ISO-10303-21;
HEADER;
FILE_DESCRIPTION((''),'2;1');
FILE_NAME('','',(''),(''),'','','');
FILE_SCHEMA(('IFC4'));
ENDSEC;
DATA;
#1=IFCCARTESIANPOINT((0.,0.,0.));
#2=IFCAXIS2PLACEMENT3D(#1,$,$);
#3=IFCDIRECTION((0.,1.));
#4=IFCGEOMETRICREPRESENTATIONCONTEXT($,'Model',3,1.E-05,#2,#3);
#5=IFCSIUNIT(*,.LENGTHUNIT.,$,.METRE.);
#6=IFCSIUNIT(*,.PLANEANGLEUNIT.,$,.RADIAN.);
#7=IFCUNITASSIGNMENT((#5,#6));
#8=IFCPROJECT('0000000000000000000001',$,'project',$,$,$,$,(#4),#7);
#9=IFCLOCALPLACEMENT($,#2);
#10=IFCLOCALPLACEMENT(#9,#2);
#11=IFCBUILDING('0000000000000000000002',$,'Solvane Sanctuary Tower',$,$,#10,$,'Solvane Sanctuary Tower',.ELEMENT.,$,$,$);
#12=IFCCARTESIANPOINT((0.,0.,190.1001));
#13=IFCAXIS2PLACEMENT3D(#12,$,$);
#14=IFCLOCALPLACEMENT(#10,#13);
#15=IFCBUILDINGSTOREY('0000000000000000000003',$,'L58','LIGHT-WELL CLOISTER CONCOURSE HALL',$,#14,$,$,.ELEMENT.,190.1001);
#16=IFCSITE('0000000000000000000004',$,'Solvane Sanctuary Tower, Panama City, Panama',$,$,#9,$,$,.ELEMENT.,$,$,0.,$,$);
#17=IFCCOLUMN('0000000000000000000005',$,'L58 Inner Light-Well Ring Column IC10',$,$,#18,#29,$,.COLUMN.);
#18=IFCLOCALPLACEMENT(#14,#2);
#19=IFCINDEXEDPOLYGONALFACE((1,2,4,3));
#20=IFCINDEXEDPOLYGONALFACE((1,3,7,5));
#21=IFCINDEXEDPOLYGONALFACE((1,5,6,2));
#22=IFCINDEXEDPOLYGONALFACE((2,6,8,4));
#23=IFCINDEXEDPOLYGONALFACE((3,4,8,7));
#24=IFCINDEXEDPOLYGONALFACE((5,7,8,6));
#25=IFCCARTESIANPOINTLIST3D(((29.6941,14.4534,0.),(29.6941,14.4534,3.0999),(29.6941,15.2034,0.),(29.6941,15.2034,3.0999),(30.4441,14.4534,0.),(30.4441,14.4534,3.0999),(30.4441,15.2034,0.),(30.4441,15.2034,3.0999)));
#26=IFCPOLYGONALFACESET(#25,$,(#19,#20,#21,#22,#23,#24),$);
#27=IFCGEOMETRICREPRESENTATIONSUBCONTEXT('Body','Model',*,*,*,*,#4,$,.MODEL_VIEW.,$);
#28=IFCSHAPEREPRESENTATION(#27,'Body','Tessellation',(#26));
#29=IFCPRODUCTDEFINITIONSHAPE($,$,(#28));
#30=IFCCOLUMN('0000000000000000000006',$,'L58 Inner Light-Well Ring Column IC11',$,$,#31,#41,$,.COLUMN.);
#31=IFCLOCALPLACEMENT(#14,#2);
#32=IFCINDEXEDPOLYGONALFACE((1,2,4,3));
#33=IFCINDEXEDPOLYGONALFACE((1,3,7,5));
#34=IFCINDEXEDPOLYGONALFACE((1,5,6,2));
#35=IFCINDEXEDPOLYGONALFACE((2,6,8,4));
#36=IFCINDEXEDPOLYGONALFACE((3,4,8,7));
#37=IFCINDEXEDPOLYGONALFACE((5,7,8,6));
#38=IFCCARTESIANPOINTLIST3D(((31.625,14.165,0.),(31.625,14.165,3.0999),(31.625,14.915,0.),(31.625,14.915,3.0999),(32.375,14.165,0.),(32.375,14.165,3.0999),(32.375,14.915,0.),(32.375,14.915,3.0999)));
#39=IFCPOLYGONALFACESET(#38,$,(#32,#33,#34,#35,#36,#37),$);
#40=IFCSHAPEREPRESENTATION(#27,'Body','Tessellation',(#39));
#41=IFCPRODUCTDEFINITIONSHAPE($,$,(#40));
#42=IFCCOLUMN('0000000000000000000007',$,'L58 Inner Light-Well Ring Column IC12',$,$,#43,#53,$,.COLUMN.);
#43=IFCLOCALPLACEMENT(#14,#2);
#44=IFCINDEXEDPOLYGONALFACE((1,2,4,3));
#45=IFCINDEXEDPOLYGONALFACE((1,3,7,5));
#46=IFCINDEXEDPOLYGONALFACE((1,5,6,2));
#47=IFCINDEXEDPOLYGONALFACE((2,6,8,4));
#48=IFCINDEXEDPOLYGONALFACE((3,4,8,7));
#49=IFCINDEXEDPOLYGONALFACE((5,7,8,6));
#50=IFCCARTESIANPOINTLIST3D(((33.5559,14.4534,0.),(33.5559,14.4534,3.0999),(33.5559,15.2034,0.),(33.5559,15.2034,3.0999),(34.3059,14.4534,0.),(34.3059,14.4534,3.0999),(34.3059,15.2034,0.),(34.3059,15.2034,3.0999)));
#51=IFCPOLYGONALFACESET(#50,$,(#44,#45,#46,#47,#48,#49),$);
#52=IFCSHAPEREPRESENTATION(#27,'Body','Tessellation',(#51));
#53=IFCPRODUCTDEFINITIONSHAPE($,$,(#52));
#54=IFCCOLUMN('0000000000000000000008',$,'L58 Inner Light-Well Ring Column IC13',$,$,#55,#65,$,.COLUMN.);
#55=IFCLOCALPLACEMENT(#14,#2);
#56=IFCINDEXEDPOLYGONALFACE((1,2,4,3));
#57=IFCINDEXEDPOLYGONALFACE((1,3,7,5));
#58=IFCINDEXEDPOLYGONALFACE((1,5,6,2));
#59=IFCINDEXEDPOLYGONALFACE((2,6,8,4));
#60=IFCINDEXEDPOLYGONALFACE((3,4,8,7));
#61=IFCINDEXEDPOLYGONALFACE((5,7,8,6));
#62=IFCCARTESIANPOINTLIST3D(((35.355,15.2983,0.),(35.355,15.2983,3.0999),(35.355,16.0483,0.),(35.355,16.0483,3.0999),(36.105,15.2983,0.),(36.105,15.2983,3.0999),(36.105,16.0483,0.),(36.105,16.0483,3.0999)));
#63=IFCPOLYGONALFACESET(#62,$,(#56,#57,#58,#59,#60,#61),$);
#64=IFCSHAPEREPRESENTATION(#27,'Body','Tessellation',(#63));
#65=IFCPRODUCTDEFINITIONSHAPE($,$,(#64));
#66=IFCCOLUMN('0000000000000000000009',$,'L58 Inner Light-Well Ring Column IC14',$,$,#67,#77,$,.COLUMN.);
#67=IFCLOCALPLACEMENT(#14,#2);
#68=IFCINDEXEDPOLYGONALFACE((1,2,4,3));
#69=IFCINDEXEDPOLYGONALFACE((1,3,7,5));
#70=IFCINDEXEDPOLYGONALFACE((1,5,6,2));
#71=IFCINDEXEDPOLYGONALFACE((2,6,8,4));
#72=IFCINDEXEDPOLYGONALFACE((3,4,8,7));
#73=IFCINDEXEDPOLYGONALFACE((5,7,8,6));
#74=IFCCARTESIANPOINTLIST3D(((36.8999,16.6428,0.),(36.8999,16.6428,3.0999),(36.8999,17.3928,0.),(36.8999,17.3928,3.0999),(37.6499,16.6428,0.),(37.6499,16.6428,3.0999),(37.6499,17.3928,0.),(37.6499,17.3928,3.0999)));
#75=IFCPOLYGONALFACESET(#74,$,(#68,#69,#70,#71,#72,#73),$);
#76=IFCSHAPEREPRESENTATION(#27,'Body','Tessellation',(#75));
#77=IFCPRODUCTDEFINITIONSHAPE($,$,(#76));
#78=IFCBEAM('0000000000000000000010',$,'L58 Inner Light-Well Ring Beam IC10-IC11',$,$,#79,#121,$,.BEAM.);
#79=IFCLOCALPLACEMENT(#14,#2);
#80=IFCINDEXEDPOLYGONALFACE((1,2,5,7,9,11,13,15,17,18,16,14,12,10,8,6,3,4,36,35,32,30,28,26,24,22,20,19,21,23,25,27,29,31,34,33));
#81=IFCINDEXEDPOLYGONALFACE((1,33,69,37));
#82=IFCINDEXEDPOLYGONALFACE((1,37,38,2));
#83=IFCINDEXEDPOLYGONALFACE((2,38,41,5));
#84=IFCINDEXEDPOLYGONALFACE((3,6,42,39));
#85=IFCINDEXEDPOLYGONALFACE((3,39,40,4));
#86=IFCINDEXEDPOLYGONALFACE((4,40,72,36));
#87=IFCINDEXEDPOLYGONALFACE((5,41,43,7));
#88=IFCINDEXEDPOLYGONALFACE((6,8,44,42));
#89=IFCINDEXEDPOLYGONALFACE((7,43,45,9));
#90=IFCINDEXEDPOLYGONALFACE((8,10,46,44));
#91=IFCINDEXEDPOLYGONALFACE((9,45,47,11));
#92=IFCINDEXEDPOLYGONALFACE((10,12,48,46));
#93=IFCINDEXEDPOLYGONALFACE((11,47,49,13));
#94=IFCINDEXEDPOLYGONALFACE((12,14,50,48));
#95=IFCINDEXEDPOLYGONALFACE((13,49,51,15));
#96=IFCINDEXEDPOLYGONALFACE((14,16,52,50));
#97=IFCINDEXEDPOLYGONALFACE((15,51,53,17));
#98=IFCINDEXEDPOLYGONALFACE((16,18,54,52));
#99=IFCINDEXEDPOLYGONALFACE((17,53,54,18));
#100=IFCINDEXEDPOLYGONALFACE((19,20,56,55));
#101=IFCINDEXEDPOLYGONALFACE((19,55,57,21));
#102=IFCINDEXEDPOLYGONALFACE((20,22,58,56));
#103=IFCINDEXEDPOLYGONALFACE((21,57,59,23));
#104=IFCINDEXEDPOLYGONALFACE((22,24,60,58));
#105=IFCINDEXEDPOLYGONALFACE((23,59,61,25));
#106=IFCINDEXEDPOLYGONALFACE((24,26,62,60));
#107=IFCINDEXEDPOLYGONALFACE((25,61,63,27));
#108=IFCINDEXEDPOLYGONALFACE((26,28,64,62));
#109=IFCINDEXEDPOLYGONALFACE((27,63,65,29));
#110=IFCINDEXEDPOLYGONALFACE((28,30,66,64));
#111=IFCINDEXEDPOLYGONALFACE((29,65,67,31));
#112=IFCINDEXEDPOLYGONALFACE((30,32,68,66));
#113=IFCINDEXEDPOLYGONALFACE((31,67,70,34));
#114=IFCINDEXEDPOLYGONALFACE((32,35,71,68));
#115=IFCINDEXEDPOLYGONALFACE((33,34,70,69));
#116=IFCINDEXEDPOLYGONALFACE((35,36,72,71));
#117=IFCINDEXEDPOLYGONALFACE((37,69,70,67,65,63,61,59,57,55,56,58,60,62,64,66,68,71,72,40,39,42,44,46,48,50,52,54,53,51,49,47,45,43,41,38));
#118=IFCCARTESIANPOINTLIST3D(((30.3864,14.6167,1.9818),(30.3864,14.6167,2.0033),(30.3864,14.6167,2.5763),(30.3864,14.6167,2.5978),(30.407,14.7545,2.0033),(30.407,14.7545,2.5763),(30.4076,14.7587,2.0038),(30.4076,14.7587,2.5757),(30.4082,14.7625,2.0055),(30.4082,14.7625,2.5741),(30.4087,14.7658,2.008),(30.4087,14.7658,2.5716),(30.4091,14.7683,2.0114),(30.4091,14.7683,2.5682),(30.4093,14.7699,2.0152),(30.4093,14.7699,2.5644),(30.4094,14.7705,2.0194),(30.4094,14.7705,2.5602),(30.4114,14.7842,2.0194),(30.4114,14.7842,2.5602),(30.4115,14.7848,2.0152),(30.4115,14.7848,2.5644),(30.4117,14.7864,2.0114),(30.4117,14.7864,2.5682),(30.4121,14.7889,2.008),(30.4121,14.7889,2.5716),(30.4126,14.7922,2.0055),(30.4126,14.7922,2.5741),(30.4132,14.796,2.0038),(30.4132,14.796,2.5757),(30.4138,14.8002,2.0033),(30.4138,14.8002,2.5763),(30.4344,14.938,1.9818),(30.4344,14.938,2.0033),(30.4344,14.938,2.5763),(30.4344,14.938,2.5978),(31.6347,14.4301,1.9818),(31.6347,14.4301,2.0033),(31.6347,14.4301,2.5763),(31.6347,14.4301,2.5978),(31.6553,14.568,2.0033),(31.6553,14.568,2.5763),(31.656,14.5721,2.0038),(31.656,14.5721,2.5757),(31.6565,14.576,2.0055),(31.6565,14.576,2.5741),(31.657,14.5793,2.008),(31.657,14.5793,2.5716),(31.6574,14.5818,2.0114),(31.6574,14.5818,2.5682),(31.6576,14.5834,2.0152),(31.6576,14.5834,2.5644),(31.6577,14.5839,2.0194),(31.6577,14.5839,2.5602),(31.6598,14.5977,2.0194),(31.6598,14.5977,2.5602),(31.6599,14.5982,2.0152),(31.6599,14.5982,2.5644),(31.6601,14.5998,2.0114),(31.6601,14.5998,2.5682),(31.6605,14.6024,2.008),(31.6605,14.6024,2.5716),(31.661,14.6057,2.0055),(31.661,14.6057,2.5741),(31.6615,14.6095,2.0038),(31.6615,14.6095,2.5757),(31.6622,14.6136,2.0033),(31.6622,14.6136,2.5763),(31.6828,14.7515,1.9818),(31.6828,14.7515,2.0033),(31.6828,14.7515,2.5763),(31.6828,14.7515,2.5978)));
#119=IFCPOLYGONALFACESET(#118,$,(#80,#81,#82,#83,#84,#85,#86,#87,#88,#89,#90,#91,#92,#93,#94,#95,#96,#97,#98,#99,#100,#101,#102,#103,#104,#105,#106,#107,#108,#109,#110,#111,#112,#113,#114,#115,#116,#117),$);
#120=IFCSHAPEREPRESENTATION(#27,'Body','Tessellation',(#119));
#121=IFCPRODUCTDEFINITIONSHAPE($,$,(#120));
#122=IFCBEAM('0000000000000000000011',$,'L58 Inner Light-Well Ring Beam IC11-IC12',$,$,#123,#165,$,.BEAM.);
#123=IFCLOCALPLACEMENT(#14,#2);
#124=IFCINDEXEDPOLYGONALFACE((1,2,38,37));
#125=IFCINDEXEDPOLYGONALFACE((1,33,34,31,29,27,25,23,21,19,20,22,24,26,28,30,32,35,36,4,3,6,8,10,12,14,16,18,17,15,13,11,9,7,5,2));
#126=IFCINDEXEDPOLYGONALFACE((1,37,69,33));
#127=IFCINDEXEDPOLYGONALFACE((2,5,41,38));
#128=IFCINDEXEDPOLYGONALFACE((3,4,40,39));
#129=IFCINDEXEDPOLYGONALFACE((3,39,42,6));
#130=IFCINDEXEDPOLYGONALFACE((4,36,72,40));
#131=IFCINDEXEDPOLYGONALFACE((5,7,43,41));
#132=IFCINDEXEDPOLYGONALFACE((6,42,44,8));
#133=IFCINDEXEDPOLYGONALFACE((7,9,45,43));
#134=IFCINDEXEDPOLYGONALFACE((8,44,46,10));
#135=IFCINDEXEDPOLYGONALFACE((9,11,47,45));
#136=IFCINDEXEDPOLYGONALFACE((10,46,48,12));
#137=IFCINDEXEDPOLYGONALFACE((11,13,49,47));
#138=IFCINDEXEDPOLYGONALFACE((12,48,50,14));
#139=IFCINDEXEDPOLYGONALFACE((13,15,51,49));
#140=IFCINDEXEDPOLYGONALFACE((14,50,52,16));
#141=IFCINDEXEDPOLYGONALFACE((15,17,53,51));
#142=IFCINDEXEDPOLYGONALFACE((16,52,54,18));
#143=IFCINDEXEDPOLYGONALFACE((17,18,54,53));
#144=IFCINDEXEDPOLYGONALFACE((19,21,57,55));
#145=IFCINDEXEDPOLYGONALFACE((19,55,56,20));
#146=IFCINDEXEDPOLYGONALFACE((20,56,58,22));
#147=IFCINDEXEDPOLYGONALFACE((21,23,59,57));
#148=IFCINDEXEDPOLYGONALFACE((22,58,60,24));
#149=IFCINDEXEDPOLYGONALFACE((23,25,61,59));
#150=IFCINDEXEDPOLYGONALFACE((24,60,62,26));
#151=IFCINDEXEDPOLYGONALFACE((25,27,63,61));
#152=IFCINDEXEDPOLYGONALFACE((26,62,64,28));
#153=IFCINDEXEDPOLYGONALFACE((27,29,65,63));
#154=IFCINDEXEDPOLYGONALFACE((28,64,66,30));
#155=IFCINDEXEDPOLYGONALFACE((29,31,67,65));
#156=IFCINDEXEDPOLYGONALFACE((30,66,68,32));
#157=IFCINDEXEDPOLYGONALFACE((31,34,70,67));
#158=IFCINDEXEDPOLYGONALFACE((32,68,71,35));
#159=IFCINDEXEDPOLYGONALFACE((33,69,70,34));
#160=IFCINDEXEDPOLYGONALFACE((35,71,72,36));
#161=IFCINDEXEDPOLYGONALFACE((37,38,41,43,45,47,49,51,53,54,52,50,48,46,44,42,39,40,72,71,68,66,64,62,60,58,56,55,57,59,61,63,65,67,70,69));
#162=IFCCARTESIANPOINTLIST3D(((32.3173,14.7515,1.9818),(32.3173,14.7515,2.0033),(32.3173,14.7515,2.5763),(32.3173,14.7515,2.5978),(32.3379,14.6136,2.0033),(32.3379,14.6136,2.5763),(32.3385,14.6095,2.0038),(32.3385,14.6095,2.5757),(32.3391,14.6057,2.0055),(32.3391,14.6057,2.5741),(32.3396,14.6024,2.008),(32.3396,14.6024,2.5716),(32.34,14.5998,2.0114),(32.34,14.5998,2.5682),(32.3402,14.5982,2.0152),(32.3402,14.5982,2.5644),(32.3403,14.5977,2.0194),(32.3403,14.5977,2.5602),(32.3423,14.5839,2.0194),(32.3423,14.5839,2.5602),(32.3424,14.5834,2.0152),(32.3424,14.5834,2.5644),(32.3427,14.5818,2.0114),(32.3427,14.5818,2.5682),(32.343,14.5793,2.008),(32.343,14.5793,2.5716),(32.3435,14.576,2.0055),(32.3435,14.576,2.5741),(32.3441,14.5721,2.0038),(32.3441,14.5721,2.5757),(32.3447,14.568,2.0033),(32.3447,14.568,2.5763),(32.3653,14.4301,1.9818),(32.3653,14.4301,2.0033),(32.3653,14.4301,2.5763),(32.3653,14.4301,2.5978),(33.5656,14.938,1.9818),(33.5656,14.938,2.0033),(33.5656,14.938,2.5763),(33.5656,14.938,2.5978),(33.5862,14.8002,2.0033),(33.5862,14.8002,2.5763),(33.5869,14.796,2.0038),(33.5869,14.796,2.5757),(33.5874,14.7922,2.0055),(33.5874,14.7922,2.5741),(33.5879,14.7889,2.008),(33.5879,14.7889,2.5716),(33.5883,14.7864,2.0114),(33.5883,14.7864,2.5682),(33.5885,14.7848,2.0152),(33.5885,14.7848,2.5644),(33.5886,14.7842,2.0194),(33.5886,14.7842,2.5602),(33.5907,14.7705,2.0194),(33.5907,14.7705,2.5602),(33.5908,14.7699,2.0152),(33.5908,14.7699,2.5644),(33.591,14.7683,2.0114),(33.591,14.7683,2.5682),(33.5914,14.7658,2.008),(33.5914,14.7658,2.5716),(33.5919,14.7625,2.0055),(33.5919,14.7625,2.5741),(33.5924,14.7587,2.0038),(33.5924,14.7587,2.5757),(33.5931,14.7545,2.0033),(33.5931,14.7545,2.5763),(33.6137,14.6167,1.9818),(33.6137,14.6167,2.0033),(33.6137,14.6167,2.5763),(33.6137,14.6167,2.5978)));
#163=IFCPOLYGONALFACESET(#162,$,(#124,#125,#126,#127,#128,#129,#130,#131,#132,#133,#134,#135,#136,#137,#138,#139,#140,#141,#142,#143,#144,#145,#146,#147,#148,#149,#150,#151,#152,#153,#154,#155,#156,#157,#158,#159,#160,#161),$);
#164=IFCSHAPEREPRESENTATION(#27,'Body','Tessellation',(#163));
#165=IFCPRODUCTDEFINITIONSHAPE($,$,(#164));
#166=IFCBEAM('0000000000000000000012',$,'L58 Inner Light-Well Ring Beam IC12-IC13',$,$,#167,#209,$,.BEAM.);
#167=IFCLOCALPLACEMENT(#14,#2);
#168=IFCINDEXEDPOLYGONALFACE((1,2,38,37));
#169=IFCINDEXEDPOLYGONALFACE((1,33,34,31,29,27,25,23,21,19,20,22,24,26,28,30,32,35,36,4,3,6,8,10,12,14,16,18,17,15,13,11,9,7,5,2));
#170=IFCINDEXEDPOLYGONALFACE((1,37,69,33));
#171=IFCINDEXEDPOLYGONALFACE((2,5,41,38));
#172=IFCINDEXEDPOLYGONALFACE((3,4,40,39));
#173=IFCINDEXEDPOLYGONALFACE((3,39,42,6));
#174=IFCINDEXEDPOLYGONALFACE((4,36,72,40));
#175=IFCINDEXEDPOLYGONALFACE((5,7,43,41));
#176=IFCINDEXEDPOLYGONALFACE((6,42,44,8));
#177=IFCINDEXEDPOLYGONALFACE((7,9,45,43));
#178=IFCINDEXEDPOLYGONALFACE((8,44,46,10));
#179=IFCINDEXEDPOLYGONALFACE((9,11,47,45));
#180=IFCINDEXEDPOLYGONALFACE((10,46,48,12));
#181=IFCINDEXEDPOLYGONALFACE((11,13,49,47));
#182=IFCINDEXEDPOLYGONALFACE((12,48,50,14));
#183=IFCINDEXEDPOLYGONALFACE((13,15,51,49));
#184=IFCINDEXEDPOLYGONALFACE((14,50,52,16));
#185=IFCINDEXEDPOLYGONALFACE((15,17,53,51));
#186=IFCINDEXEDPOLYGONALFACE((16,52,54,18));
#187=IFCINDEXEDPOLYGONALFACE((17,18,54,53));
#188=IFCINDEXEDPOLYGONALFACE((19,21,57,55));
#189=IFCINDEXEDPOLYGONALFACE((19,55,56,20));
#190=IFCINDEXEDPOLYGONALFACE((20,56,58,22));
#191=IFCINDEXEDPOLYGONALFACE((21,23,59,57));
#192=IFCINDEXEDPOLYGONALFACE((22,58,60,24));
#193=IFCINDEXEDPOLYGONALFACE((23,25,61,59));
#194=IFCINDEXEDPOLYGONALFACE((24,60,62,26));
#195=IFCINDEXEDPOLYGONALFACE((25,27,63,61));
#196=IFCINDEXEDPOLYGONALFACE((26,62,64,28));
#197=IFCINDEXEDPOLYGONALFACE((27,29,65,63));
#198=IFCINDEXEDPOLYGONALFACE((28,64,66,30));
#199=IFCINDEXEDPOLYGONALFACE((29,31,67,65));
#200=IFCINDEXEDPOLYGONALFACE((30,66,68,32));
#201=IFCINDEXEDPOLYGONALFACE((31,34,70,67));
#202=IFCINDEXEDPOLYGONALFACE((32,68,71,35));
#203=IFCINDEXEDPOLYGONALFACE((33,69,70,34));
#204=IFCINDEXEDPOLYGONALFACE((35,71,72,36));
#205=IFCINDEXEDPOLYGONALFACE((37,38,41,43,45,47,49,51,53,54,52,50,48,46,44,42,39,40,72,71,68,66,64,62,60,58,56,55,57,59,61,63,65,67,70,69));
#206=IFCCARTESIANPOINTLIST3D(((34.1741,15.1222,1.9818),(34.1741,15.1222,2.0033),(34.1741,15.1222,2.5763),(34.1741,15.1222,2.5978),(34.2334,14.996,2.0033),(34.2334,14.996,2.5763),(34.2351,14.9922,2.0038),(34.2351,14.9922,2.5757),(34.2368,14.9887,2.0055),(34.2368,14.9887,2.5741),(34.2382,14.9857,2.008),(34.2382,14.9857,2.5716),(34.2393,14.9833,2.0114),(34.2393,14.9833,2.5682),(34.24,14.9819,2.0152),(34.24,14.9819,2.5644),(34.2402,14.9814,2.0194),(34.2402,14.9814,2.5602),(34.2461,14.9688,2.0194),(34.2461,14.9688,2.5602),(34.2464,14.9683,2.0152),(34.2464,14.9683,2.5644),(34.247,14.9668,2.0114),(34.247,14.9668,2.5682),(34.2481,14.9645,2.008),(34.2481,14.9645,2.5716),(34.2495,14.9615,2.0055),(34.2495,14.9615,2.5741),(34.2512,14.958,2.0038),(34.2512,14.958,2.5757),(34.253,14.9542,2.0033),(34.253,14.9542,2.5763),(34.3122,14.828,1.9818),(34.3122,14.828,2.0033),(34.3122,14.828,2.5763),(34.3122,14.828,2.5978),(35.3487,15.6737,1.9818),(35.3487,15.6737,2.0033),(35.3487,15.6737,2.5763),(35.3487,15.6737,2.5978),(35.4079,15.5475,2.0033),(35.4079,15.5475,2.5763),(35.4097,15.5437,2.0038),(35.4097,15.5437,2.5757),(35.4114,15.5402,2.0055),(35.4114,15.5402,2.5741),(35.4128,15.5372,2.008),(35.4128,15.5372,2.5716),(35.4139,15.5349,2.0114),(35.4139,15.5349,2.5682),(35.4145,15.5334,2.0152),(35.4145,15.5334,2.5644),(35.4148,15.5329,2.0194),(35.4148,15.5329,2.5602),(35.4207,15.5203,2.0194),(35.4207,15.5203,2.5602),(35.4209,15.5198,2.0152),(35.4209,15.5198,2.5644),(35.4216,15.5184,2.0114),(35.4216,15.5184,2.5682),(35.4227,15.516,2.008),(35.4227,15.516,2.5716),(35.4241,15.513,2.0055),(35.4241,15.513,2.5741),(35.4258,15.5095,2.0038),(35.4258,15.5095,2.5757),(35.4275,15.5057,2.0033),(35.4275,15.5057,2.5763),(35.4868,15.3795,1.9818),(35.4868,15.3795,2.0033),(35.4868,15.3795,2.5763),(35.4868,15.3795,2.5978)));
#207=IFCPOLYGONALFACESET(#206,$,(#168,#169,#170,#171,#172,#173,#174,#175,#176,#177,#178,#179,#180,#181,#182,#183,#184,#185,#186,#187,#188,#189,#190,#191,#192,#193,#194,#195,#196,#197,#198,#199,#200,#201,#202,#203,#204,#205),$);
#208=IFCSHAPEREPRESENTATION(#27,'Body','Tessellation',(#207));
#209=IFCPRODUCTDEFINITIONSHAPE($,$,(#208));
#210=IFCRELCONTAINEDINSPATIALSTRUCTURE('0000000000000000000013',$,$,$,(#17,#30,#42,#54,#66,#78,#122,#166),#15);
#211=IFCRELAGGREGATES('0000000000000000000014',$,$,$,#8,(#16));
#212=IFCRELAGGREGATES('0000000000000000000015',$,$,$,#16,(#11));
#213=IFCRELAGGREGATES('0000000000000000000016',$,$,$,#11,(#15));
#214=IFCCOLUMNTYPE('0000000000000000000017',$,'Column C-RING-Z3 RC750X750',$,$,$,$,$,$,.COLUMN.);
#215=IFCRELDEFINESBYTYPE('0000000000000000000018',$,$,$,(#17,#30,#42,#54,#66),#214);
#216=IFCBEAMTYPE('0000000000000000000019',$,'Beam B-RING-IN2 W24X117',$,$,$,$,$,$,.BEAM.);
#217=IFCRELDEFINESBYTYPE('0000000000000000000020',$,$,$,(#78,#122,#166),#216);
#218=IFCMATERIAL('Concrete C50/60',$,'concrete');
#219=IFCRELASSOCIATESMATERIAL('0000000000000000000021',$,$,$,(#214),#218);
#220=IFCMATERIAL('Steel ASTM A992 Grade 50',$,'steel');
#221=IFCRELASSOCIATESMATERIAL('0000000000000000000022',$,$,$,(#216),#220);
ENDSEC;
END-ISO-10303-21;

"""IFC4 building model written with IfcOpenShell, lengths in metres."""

from ifc_helpers import new_model, si_unit, direction, frame, origin, origin_2d, place, context, subcontext, project, spatial, rectangle, i_section, extrude, material, material_profile, profile_set, type_object, element, save


model = new_model("IFC4")

# Units and contexts
model_context = context("Model", 3, precision=1e-05, world=origin(), true_north=direction((0.0, 1.0)))
body_context = subcontext(model_context, "Body", "Model", "MODEL_VIEW")
ifc_project = project(units=[si_unit("LENGTHUNIT", "METRE"), si_unit("PLANEANGLEUNIT", "RADIAN")], contexts=[model_context])

# Site, building, storey
site_placement = place(None, origin())
site = spatial("IfcSite", under=ifc_project, at=site_placement, Name="Solvane Sanctuary Tower, Panama City, Panama", CompositionType="ELEMENT", RefElevation=0.0)
building_placement = place(site_placement, origin())
building = spatial("IfcBuilding", under=site, at=building_placement, Name="Solvane Sanctuary Tower", LongName="Solvane Sanctuary Tower", CompositionType="ELEMENT")
storey_placement = place(building_placement, frame((0.0, 0.0, 190.1001)))
storey = spatial("IfcBuildingStorey", under=building, at=storey_placement, Name="L58", Description="LIGHT-WELL CLOISTER CONCOURSE HALL", CompositionType="ELEMENT", Elevation=190.1001)

# Columns
ifc_material_1 = material(Name="Concrete C50/60", Category="concrete")
ifc_material_profile_1 = material_profile(ifc_material_1, rectangle(XDim=0.75, YDim=0.75, at=origin_2d()), Name="RC750X750")
ifc_profile_set_1 = profile_set([ifc_material_profile_1], Name="Concrete C50/60")
column_type = type_object("IfcColumnType", Name="Column C-RING-Z3 RC750X750", PredefinedType="COLUMN", material=ifc_profile_set_1)
for number, where, z_axis, x_axis, name in (
    (1, (30.0691, 14.8284, 0.0), (0.0, 0.0, 1.0), (1.0, 0.0, 0.0), "L58 Inner Light-Well Ring Column IC10"),
    (2, (32.0, 14.54, 0.0), (0.0, 0.0, 1.0), (1.0, 0.0, 0.0), "L58 Inner Light-Well Ring Column IC11"),
    (3, (33.9309, 14.8284, 0.0), (0.0, 0.0, 1.0), (1.0, 0.0, 0.0), "L58 Inner Light-Well Ring Column IC12"),
    (4, (35.73, 15.6733, 0.0), (0.0, 0.0, 1.0), (1.0, 0.0, 0.0), "L58 Inner Light-Well Ring Column IC13"),
    (5, (37.2749, 17.0178, 0.0), (0.0, 0.0, 1.0), (1.0, 0.0, 0.0), "L58 Inner Light-Well Ring Column IC14"),
):
    element("IfcColumn", number, at=place(storey_placement, frame(where, z_axis=z_axis, x_axis=x_axis)), inside=storey, type_object=column_type, Name=name, PredefinedType="COLUMN", context=body_context, shape_type="SweptSolid", body=[
        extrude(rectangle(XDim=0.75, YDim=0.75, at=origin_2d()), origin(), (0.0, 0.0, 1.0), 3.0999),
    ])

# Beams
ifc_material_2 = material(Name="Steel ASTM A992 Grade 50", Category="steel")
ifc_material_profile_2 = material_profile(ifc_material_2, i_section(OverallWidth=0.325, OverallDepth=0.616, WebThickness=0.0139, FlangeThickness=0.0215, FilletRadius=0.0161, at=origin_2d()), Name="W24X117")
ifc_profile_set_2 = profile_set([ifc_material_profile_2], Name="Steel ASTM A992 Grade 50")
beam_type_1 = type_object("IfcBeamType", Name="Beam B-RING-IN2 W24X117", PredefinedType="BEAM", material=ifc_profile_set_2)
for number, where, z_axis, x_axis, name in (
    (6, (30.4104, 14.7773, 2.2898), (0.98902, -0.147782, 0.0), (0.147782, 0.98902, 0.0), "L58 Inner Light-Well Ring Beam IC10-IC11"),
    (7, (32.3413, 14.5908, 2.2898), (0.98902, 0.147782, 0.0), (-0.147782, 0.98902, 0.0), "L58 Inner Light-Well Ring Beam IC11-IC12"),
):
    element("IfcBeam", number, at=place(storey_placement, frame(where, z_axis=z_axis, x_axis=x_axis)), inside=storey, type_object=beam_type_1, Name=name, PredefinedType="BEAM", context=body_context, shape_type="SweptSolid", body=[
        extrude(i_section(OverallWidth=0.325, OverallDepth=0.616, WebThickness=0.0139, FlangeThickness=0.0215, FilletRadius=0.0161, at=origin_2d()), origin(), (0.0, 0.0, 1.0), 1.2622),
    ])
beam_1_placement = place(storey_placement, frame((34.2432, 14.9751, 2.2898), z_axis=(0.905181, 0.425027, 0.0), x_axis=(-0.425027, 0.905181, 0.0)))
element("IfcBeam", 8, at=beam_1_placement, inside=storey, type_object=beam_type_1, Name="L58 Inner Light-Well Ring Beam IC12-IC13", PredefinedType="BEAM", context=body_context, shape_type="SweptSolid", body=[
    extrude(i_section(OverallWidth=0.325, OverallDepth=0.616, WebThickness=0.0139, FlangeThickness=0.0215, FilletRadius=0.0161, at=origin_2d()), origin(), (0.0, 0.0, 1.0), 1.2976),
])

save(model, "model.ifc")
